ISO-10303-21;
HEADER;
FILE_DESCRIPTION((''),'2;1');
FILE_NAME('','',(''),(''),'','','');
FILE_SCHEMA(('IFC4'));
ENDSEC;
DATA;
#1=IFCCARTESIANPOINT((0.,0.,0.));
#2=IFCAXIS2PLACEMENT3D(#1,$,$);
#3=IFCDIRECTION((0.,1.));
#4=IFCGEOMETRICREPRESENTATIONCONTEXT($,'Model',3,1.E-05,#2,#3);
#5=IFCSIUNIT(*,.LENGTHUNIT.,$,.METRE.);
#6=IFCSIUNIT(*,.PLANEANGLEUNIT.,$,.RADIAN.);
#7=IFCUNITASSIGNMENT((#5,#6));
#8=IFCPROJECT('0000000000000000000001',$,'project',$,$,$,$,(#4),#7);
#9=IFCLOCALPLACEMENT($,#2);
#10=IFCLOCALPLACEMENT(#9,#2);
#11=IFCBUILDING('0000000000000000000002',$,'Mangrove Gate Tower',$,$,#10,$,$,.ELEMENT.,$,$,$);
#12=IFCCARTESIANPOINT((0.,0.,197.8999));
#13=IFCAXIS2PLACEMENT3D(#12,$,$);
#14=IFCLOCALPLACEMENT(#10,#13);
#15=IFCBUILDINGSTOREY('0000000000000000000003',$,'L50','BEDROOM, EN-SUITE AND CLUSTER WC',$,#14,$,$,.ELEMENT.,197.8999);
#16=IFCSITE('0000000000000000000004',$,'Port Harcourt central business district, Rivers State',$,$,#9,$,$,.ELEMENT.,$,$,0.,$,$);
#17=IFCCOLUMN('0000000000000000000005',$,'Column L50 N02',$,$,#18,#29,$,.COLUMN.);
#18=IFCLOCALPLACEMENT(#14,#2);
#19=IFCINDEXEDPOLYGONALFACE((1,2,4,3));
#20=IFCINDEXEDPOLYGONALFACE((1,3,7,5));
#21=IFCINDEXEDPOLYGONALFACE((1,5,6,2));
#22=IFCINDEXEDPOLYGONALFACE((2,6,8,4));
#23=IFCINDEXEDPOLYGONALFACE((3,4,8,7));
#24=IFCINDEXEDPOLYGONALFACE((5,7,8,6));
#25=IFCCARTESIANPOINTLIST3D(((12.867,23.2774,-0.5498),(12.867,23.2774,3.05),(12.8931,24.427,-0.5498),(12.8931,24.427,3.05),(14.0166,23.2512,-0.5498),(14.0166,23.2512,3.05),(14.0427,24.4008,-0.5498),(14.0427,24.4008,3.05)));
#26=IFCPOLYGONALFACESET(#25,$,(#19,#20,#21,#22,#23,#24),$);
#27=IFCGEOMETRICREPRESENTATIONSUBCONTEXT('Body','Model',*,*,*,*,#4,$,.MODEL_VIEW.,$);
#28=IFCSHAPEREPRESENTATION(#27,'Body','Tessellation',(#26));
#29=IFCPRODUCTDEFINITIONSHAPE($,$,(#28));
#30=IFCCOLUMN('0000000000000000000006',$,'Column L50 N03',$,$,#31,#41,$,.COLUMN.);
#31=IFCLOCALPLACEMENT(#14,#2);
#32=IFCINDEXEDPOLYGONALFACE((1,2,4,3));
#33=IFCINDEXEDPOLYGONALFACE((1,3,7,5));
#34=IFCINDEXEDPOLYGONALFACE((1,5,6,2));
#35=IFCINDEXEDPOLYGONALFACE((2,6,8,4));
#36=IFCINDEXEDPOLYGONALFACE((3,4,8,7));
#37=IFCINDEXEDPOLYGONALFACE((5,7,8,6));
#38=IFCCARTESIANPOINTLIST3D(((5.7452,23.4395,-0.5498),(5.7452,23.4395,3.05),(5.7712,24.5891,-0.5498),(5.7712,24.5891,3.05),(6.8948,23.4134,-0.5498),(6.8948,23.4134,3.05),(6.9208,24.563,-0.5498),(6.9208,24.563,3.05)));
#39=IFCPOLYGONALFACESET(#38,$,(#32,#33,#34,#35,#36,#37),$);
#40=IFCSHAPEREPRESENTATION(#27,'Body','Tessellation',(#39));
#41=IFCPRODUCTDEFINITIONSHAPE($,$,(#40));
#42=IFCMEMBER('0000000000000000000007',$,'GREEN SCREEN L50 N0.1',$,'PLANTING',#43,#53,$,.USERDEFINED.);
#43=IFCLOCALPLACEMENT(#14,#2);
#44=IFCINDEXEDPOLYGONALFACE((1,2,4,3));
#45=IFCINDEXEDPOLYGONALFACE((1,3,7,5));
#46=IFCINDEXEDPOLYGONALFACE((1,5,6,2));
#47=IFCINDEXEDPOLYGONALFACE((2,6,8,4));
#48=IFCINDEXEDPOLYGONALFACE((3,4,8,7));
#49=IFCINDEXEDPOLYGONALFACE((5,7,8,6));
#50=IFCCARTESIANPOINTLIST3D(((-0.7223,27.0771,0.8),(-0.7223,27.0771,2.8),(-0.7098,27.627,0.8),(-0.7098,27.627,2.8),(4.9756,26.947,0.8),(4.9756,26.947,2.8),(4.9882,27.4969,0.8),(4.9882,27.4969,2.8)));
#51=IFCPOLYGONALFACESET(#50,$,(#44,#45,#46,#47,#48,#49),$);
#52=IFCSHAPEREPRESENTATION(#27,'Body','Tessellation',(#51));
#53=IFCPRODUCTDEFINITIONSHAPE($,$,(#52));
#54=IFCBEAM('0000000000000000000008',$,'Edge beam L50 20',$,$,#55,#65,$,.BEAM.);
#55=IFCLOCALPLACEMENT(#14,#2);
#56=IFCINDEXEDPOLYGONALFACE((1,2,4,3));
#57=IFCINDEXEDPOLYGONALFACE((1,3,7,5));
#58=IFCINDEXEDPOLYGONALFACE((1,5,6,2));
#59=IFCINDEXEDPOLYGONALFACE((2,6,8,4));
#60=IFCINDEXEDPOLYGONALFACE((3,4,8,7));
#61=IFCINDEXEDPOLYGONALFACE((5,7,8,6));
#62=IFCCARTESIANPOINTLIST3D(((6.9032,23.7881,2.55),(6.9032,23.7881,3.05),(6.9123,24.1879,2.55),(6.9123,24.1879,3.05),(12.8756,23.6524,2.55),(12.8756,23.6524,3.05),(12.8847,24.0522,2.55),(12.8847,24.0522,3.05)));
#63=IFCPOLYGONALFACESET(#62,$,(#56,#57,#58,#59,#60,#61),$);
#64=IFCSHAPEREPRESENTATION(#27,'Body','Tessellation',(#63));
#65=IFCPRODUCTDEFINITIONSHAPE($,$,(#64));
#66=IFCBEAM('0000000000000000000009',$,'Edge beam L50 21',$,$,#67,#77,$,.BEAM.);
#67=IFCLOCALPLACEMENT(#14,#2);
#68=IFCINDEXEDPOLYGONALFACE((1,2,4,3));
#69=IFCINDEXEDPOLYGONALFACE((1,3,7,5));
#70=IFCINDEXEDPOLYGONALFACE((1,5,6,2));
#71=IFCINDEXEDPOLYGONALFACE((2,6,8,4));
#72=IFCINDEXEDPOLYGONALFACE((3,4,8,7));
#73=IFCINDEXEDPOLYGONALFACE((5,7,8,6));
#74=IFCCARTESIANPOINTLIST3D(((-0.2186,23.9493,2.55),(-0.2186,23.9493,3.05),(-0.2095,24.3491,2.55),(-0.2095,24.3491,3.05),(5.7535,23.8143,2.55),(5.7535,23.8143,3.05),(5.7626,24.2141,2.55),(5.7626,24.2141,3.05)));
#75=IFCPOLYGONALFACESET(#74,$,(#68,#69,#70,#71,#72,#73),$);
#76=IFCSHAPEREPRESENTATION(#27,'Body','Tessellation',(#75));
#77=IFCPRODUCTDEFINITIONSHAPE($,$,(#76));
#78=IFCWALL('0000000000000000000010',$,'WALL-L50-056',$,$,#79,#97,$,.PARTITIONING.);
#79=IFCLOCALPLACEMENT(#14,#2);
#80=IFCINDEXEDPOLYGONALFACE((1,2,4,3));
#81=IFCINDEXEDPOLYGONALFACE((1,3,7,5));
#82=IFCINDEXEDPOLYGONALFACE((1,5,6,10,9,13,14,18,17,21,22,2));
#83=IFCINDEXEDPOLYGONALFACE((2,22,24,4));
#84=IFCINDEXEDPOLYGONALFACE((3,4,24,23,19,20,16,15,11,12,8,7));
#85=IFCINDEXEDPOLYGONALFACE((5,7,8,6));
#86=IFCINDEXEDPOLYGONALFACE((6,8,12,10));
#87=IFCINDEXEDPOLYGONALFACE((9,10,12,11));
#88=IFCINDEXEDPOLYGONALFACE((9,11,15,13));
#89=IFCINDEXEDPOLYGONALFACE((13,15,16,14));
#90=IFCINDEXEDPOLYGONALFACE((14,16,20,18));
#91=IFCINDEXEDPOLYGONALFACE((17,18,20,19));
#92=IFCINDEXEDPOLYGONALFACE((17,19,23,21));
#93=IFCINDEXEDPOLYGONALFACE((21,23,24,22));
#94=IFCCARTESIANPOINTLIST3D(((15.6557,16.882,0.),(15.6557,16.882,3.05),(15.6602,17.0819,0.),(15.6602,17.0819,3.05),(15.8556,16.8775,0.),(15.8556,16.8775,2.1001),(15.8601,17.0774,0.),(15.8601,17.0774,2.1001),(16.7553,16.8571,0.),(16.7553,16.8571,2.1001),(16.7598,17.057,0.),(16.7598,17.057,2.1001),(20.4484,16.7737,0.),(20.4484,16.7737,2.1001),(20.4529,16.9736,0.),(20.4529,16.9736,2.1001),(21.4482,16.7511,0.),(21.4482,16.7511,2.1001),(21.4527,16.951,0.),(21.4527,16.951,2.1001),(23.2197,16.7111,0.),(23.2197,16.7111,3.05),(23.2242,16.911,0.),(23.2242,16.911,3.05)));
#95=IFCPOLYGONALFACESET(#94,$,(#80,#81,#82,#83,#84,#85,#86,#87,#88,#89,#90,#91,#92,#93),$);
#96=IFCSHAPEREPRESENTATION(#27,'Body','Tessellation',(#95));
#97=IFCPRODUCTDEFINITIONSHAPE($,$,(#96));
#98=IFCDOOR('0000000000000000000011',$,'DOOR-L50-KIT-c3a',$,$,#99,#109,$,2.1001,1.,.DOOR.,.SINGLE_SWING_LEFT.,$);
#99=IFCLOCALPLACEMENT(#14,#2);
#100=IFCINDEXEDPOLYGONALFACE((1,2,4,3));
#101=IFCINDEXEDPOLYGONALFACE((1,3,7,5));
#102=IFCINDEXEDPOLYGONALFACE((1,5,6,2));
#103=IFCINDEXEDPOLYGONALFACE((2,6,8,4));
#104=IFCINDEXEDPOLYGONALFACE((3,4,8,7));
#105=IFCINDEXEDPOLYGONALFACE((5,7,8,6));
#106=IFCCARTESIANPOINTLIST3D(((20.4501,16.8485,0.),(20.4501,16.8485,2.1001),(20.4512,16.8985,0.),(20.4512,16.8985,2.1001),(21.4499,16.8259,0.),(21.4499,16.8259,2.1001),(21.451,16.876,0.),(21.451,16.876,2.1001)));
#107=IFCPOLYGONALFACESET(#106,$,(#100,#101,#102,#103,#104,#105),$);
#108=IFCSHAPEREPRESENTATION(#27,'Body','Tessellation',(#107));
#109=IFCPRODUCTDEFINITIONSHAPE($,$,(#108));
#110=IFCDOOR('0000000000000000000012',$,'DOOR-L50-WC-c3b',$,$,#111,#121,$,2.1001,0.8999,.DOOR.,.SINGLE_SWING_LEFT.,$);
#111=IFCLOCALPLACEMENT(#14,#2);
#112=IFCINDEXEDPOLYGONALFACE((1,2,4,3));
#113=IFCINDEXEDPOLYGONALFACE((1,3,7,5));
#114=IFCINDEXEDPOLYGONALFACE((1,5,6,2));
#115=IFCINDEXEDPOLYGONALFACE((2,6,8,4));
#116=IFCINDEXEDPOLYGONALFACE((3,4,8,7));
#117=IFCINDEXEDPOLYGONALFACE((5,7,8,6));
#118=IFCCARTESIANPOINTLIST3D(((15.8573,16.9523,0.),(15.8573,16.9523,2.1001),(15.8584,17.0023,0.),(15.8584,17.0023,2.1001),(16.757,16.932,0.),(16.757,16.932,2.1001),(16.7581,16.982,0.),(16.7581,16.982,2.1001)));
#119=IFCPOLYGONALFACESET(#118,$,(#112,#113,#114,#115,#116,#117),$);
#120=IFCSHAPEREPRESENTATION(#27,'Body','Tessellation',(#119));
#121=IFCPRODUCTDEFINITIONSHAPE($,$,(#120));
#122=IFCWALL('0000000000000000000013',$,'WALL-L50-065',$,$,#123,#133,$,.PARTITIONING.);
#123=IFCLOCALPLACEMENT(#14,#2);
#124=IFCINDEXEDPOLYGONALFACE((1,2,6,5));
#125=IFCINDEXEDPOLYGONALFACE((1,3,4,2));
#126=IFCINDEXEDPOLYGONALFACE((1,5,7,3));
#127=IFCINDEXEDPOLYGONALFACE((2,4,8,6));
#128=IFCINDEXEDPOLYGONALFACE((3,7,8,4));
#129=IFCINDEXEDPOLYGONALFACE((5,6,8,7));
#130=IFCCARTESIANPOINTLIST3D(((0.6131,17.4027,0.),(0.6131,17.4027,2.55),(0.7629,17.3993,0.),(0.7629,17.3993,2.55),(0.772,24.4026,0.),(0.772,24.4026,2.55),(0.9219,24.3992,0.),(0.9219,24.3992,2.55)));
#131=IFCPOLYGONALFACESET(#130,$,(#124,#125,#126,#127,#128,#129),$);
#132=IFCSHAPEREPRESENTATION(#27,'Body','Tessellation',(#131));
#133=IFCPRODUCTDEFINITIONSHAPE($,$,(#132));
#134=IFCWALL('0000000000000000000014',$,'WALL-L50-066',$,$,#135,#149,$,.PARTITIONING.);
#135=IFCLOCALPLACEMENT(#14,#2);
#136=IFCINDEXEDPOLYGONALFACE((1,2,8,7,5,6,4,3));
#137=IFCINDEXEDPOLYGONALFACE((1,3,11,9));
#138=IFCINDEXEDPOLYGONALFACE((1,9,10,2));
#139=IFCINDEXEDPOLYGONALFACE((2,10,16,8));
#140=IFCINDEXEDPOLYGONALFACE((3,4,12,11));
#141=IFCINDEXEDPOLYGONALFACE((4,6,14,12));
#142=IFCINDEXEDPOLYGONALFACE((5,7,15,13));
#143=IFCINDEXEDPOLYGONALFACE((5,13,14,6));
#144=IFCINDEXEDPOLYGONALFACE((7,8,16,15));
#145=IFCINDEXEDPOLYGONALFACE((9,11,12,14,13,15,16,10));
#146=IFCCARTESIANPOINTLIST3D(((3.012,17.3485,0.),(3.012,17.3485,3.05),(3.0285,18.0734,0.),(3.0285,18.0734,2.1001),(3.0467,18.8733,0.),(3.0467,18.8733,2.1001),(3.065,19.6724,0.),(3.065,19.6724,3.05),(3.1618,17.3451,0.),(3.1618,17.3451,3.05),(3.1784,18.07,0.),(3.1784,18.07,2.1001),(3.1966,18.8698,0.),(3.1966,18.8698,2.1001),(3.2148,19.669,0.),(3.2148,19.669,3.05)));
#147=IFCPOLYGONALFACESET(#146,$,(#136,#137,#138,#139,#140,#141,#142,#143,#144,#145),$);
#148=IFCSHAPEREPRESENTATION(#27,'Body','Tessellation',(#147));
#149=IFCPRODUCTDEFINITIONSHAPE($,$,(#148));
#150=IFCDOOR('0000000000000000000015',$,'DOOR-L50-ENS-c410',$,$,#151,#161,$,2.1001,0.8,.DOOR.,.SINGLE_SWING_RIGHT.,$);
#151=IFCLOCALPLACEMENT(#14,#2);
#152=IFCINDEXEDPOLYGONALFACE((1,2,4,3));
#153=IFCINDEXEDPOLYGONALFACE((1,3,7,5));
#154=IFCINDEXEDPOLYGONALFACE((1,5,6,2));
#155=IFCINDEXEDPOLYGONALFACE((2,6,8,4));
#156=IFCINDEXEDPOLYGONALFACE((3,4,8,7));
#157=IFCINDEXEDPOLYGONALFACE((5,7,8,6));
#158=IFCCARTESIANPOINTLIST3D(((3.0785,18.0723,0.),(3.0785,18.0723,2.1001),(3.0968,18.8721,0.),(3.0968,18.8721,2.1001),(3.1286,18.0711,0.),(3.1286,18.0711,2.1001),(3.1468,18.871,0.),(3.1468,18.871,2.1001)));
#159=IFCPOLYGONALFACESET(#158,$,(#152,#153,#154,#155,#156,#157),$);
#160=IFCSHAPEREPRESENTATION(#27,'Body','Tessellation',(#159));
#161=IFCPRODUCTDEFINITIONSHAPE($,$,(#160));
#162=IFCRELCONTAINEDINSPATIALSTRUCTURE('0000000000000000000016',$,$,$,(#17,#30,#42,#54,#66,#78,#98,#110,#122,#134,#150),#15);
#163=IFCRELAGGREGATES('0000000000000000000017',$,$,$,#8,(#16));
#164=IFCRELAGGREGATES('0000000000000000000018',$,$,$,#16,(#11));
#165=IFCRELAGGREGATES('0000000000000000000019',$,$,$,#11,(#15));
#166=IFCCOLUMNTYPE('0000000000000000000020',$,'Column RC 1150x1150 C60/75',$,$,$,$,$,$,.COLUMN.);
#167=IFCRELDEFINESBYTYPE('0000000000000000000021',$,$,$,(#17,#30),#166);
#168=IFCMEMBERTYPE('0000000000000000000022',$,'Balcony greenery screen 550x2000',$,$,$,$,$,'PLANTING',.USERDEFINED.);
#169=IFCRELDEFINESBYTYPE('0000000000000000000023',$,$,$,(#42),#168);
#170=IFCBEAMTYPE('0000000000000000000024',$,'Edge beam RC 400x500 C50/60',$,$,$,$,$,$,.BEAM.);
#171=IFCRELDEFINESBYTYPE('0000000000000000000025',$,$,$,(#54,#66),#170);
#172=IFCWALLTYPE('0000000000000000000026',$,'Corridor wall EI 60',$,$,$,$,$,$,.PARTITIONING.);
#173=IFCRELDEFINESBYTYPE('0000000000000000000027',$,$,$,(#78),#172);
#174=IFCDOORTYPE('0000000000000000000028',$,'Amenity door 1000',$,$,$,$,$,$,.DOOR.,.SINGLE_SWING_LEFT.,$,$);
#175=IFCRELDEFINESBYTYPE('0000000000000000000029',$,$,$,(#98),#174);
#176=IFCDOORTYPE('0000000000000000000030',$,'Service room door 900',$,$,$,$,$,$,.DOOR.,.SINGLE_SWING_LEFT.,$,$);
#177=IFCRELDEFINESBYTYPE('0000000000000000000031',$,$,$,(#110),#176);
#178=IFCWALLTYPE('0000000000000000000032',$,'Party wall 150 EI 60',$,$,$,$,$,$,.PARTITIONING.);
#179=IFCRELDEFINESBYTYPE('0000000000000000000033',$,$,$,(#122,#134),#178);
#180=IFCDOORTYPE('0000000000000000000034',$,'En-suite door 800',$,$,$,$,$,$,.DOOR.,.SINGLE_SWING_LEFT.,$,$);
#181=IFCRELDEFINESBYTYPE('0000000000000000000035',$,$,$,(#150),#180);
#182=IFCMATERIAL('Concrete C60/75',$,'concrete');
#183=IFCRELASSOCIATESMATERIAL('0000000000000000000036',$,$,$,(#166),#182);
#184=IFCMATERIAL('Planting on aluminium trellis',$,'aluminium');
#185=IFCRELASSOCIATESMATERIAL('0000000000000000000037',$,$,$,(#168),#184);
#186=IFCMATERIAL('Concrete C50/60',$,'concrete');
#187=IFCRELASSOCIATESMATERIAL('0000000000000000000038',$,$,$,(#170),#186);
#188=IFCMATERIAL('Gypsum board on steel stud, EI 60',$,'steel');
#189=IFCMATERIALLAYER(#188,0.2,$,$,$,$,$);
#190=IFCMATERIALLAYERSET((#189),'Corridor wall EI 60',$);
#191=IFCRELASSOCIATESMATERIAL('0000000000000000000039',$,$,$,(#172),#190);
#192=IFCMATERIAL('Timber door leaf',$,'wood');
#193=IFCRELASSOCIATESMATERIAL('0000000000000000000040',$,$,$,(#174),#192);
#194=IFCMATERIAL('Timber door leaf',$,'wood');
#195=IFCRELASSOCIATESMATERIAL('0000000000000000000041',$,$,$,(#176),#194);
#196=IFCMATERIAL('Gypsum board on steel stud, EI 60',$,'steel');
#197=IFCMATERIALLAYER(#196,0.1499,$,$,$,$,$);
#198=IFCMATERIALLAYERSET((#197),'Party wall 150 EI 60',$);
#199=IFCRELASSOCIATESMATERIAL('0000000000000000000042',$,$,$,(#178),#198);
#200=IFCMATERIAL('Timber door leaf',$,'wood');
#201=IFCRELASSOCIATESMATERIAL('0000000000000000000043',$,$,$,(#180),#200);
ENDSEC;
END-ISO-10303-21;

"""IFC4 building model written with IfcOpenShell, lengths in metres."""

from ifc_helpers import new_model, si_unit, direction, frame, frame_2d, origin, origin_2d, place, context, subcontext, project, spatial, rectangle, extrude, material, layer, layer_set, material_profile, profile_set, type_object, element, fill, save


model = new_model("IFC4")

# Units and contexts
model_context = context("Model", 3, precision=1e-05, world=origin(), true_north=direction((0.0, 1.0)))
body_context = subcontext(model_context, "Body", "Model", "MODEL_VIEW")
ifc_project = project(units=[si_unit("LENGTHUNIT", "METRE"), si_unit("PLANEANGLEUNIT", "RADIAN")], contexts=[model_context])

# Site, building, storey
site_placement = place(None, origin())
site = spatial("IfcSite", under=ifc_project, at=site_placement, Name="Port Harcourt central business district, Rivers State", CompositionType="ELEMENT", RefElevation=0.0)
building_placement = place(site_placement, origin())
building = spatial("IfcBuilding", under=site, at=building_placement, Name="Mangrove Gate Tower", CompositionType="ELEMENT")
storey_placement = place(building_placement, frame((0.0, 0.0, 197.8999)))
storey = spatial("IfcBuildingStorey", under=building, at=storey_placement, Name="L50", Description="BEDROOM, EN-SUITE AND CLUSTER WC", CompositionType="ELEMENT", Elevation=197.8999)

# Columns
ifc_material_1 = material(Name="Concrete C60/75", Category="concrete")
ifc_material_profile_1 = material_profile(ifc_material_1, rectangle(XDim=1.1499, YDim=1.1499, at=origin_2d()))
ifc_profile_set_1 = profile_set([ifc_material_profile_1], Name="Concrete C60/75")
column_type = type_object("IfcColumnType", Name="Column RC 1150x1150 C60/75", PredefinedType="COLUMN", material=ifc_profile_set_1)
for number, where, z_axis, x_axis, name in (
    (1, (13.4548, 23.8391, -0.5498), (0.0, 0.0, 1.0), (-0.999741, 0.022741, 0.0), "Column L50 N02"),
    (2, (6.333, 24.0012, -0.5498), (0.0, 0.0, 1.0), (-0.999743, 0.02267, 0.0), "Column L50 N03"),
):
    element("IfcColumn", number, at=place(storey_placement, frame(where, z_axis=z_axis, x_axis=x_axis)), inside=storey, type_object=column_type, Name=name, PredefinedType="COLUMN", context=body_context, shape_type="SweptSolid", body=[
        extrude(rectangle(XDim=1.1499, YDim=1.1499, at=origin_2d()), origin(), (0.0, 0.0, 1.0), 3.5999),
    ])

# Member
ifc_material_2 = material(Name="Planting on aluminium trellis", Category="aluminium")
ifc_material_profile_2 = material_profile(ifc_material_2, rectangle(XDim=0.55, YDim=2.0, at=origin_2d()))
ifc_profile_set_2 = profile_set([ifc_material_profile_2], Name="Planting on aluminium trellis")
member_type = type_object("IfcMemberType", Name="Balcony greenery screen 550x2000", ElementType="PLANTING", PredefinedType="USERDEFINED", material=ifc_profile_set_2)
member_placement = place(storey_placement, frame((-0.7161, 27.3521, 1.8), z_axis=(0.999739, -0.022831, 0.0), x_axis=(0.022831, 0.999739, 0.0)))
element("IfcMember", 3, at=member_placement, inside=storey, type_object=member_type, Name="GREEN SCREEN L50 N0.1", ObjectType="PLANTING", PredefinedType="USERDEFINED", context=body_context, shape_type="SweptSolid", body=[
    extrude(rectangle(XDim=0.55, YDim=2.0, at=origin_2d()), origin(), (0.0, 0.0, 1.0), 5.6995),
])

# Beams
ifc_material_3 = material(Name="Concrete C50/60", Category="concrete")
ifc_material_profile_3 = material_profile(ifc_material_3, rectangle(XDim=0.3999, YDim=0.5, at=origin_2d()))
ifc_profile_set_3 = profile_set([ifc_material_profile_3], Name="Concrete C50/60")
beam_type = type_object("IfcBeamType", Name="Edge beam RC 400x500 C50/60", PredefinedType="BEAM", material=ifc_profile_set_3)
beam_1_placement = place(storey_placement, frame((12.8801, 23.8523, 2.8), z_axis=(-0.999742, 0.022722, 0.0), x_axis=(-0.022722, -0.999742, 0.0)))
element("IfcBeam", 4, at=beam_1_placement, inside=storey, type_object=beam_type, Name="Edge beam L50 20", PredefinedType="BEAM", context=body_context, shape_type="SweptSolid", body=[
    extrude(rectangle(XDim=0.3999, YDim=0.5, at=origin_2d()), origin(), (0.0, 0.0, 1.0), 5.9739),
])
beam_2_placement = place(storey_placement, frame((5.7581, 24.0142, 2.8), z_axis=(-0.999745, 0.022601, 0.0), x_axis=(-0.022601, -0.999745, 0.0)))
element("IfcBeam", 5, at=beam_2_placement, inside=storey, type_object=beam_type, Name="Edge beam L50 21", PredefinedType="BEAM", context=body_context, shape_type="SweptSolid", body=[
    extrude(rectangle(XDim=0.3999, YDim=0.5, at=origin_2d()), origin(), (0.0, 0.0, 1.0), 5.9736),
])

# Wall, openings, doors
ifc_material_4 = material(Name="Gypsum board on steel stud, EI 60", Category="steel")
ifc_layer_1 = layer(ifc_material_4, 0.2)
ifc_layer_set_1 = layer_set([ifc_layer_1], Name="Corridor wall EI 60")
wall_type_1 = type_object("IfcWallType", Name="Corridor wall EI 60", PredefinedType="PARTITIONING", material=ifc_layer_set_1)
wall_1_placement = place(storey_placement, frame((15.658, 16.9819, 0.0), z_axis=(0.0, 0.0, 1.0), x_axis=(0.999745, -0.022588, 0.0)))
wall_1 = element("IfcWall", 6, at=wall_1_placement, inside=storey, type_object=wall_type_1, Name="WALL-L50-056", PredefinedType="PARTITIONING", context=body_context, shape_type="SweptSolid", body=[
    extrude(rectangle(XDim=7.5659, YDim=0.2, at=frame_2d((3.783, 0.0))), origin(), (0.0, 0.0, 1.0), 3.05),
])
opening_1_placement = place(wall_1_placement, frame((4.7939, 0.0, 0.0)))
opening_1 = element("IfcOpeningElement", 7, at=opening_1_placement, cuts=wall_1, PredefinedType="OPENING", context=body_context, shape_type="SweptSolid", body=[
    extrude(rectangle(XDim=1.0, YDim=2.1001, at=frame_2d((0.5, 1.05))), frame((0.0, 0.1099, 0.0), z_axis=(0.0, -1.0, 0.0), x_axis=(1.0, 0.0, 0.0)), (0.0, 0.0, 1.0), 0.22),
])
opening_2_placement = place(wall_1_placement, frame((0.2, 0.0, 0.0)))
opening_2 = element("IfcOpeningElement", 8, at=opening_2_placement, cuts=wall_1, PredefinedType="OPENING", context=body_context, shape_type="SweptSolid", body=[
    extrude(rectangle(XDim=0.8999, YDim=2.1001, at=frame_2d((0.45, 1.05))), frame((0.0, 0.1099, 0.0), z_axis=(0.0, -1.0, 0.0), x_axis=(1.0, 0.0, 0.0)), (0.0, 0.0, 1.0), 0.22),
])
ifc_material_5 = material(Name="Timber door leaf", Category="wood")
door_type_1 = type_object("IfcDoorType", Name="Amenity door 1000", OperationType="SINGLE_SWING_LEFT", PredefinedType="DOOR", material=ifc_material_5)
door_1_placement = place(opening_1_placement, origin())
door_1 = element("IfcDoor", 9, at=door_1_placement, inside=storey, type_object=door_type_1, Name="DOOR-L50-KIT-c3a", OperationType="SINGLE_SWING_LEFT", OverallHeight=2.1001, OverallWidth=1.0, PredefinedType="DOOR", context=body_context, shape_type="SweptSolid", body=[
    extrude(rectangle(XDim=1.0, YDim=2.1001, at=frame_2d((0.5, 1.05))), frame((0.0, 0.0249, 0.0), z_axis=(0.0, -1.0, 0.0), x_axis=(1.0, 0.0, 0.0)), (0.0, 0.0, 1.0), 0.05),
])
fill(opening_1, door_1)
ifc_material_6 = material(Name="Timber door leaf", Category="wood")
door_type_2 = type_object("IfcDoorType", Name="Service room door 900", OperationType="SINGLE_SWING_LEFT", PredefinedType="DOOR", material=ifc_material_6)
door_2_placement = place(opening_2_placement, origin())
door_2 = element("IfcDoor", 10, at=door_2_placement, inside=storey, type_object=door_type_2, Name="DOOR-L50-WC-c3b", OperationType="SINGLE_SWING_LEFT", OverallHeight=2.1001, OverallWidth=0.8999, PredefinedType="DOOR", context=body_context, shape_type="SweptSolid", body=[
    extrude(rectangle(XDim=0.8999, YDim=2.1001, at=frame_2d((0.45, 1.05))), frame((0.0, 0.0249, 0.0), z_axis=(0.0, -1.0, 0.0), x_axis=(1.0, 0.0, 0.0)), (0.0, 0.0, 1.0), 0.05),
])
fill(opening_2, door_2)

# Wall
ifc_material_7 = material(Name="Gypsum board on steel stud, EI 60", Category="steel")
ifc_layer_2 = layer(ifc_material_7, 0.1499)
ifc_layer_set_2 = layer_set([ifc_layer_2], Name="Party wall 150 EI 60")
wall_type_2 = type_object("IfcWallType", Name="Party wall 150 EI 60", PredefinedType="PARTITIONING", material=ifc_layer_set_2)
wall_2_placement = place(storey_placement, frame((0.688, 17.4009, 0.0), z_axis=(0.0, 0.0, 1.0), x_axis=(0.022699, 0.999742, 0.0)))
element("IfcWall", 11, at=wall_2_placement, inside=storey, type_object=wall_type_2, Name="WALL-L50-065", PredefinedType="PARTITIONING", context=body_context, shape_type="SweptSolid", body=[
    extrude(rectangle(XDim=7.0017, YDim=0.1499, at=frame_2d((3.501, 0.0))), origin(), (0.0, 0.0, 1.0), 2.55),
])

# Wall, opening, door
wall_3_placement = place(storey_placement, frame((3.0869, 17.3469, 0.0), z_axis=(0.0, 0.0, 1.0), x_axis=(0.022791, 0.99974, 0.0)))
wall_3 = element("IfcWall", 12, at=wall_3_placement, inside=storey, type_object=wall_type_2, Name="WALL-L50-066", PredefinedType="PARTITIONING", context=body_context, shape_type="SweptSolid", body=[
    extrude(rectangle(XDim=2.3245, YDim=0.1499, at=frame_2d((1.1621, 0.0))), origin(), (0.0, 0.0, 1.0), 3.05),
])
opening_3_placement = place(wall_3_placement, frame((0.7251, 0.0, 0.0)))
opening_3 = element("IfcOpeningElement", 13, at=opening_3_placement, cuts=wall_3, PredefinedType="OPENING", context=body_context, shape_type="SweptSolid", body=[
    extrude(rectangle(XDim=0.8, YDim=2.1001, at=frame_2d((0.3999, 1.05))), frame((0.0, 0.085, 0.0), z_axis=(0.0, -1.0, 0.0), x_axis=(1.0, 0.0, 0.0)), (0.0, 0.0, 1.0), 0.1699),
])
ifc_material_8 = material(Name="Timber door leaf", Category="wood")
door_type_3 = type_object("IfcDoorType", Name="En-suite door 800", OperationType="SINGLE_SWING_LEFT", PredefinedType="DOOR", material=ifc_material_8)
door_3_placement = place(opening_3_placement, origin())
door_3 = element("IfcDoor", 14, at=door_3_placement, inside=storey, type_object=door_type_3, Name="DOOR-L50-ENS-c410", OperationType="SINGLE_SWING_RIGHT", OverallHeight=2.1001, OverallWidth=0.8, PredefinedType="DOOR", context=body_context, shape_type="SweptSolid", body=[
    extrude(rectangle(XDim=0.8, YDim=2.1001, at=frame_2d((0.3999, 1.05))), frame((0.0, 0.0249, 0.0), z_axis=(0.0, -1.0, 0.0), x_axis=(1.0, 0.0, 0.0)), (0.0, 0.0, 1.0), 0.05),
])
fill(opening_3, door_3)

save(model, "model.ifc")
